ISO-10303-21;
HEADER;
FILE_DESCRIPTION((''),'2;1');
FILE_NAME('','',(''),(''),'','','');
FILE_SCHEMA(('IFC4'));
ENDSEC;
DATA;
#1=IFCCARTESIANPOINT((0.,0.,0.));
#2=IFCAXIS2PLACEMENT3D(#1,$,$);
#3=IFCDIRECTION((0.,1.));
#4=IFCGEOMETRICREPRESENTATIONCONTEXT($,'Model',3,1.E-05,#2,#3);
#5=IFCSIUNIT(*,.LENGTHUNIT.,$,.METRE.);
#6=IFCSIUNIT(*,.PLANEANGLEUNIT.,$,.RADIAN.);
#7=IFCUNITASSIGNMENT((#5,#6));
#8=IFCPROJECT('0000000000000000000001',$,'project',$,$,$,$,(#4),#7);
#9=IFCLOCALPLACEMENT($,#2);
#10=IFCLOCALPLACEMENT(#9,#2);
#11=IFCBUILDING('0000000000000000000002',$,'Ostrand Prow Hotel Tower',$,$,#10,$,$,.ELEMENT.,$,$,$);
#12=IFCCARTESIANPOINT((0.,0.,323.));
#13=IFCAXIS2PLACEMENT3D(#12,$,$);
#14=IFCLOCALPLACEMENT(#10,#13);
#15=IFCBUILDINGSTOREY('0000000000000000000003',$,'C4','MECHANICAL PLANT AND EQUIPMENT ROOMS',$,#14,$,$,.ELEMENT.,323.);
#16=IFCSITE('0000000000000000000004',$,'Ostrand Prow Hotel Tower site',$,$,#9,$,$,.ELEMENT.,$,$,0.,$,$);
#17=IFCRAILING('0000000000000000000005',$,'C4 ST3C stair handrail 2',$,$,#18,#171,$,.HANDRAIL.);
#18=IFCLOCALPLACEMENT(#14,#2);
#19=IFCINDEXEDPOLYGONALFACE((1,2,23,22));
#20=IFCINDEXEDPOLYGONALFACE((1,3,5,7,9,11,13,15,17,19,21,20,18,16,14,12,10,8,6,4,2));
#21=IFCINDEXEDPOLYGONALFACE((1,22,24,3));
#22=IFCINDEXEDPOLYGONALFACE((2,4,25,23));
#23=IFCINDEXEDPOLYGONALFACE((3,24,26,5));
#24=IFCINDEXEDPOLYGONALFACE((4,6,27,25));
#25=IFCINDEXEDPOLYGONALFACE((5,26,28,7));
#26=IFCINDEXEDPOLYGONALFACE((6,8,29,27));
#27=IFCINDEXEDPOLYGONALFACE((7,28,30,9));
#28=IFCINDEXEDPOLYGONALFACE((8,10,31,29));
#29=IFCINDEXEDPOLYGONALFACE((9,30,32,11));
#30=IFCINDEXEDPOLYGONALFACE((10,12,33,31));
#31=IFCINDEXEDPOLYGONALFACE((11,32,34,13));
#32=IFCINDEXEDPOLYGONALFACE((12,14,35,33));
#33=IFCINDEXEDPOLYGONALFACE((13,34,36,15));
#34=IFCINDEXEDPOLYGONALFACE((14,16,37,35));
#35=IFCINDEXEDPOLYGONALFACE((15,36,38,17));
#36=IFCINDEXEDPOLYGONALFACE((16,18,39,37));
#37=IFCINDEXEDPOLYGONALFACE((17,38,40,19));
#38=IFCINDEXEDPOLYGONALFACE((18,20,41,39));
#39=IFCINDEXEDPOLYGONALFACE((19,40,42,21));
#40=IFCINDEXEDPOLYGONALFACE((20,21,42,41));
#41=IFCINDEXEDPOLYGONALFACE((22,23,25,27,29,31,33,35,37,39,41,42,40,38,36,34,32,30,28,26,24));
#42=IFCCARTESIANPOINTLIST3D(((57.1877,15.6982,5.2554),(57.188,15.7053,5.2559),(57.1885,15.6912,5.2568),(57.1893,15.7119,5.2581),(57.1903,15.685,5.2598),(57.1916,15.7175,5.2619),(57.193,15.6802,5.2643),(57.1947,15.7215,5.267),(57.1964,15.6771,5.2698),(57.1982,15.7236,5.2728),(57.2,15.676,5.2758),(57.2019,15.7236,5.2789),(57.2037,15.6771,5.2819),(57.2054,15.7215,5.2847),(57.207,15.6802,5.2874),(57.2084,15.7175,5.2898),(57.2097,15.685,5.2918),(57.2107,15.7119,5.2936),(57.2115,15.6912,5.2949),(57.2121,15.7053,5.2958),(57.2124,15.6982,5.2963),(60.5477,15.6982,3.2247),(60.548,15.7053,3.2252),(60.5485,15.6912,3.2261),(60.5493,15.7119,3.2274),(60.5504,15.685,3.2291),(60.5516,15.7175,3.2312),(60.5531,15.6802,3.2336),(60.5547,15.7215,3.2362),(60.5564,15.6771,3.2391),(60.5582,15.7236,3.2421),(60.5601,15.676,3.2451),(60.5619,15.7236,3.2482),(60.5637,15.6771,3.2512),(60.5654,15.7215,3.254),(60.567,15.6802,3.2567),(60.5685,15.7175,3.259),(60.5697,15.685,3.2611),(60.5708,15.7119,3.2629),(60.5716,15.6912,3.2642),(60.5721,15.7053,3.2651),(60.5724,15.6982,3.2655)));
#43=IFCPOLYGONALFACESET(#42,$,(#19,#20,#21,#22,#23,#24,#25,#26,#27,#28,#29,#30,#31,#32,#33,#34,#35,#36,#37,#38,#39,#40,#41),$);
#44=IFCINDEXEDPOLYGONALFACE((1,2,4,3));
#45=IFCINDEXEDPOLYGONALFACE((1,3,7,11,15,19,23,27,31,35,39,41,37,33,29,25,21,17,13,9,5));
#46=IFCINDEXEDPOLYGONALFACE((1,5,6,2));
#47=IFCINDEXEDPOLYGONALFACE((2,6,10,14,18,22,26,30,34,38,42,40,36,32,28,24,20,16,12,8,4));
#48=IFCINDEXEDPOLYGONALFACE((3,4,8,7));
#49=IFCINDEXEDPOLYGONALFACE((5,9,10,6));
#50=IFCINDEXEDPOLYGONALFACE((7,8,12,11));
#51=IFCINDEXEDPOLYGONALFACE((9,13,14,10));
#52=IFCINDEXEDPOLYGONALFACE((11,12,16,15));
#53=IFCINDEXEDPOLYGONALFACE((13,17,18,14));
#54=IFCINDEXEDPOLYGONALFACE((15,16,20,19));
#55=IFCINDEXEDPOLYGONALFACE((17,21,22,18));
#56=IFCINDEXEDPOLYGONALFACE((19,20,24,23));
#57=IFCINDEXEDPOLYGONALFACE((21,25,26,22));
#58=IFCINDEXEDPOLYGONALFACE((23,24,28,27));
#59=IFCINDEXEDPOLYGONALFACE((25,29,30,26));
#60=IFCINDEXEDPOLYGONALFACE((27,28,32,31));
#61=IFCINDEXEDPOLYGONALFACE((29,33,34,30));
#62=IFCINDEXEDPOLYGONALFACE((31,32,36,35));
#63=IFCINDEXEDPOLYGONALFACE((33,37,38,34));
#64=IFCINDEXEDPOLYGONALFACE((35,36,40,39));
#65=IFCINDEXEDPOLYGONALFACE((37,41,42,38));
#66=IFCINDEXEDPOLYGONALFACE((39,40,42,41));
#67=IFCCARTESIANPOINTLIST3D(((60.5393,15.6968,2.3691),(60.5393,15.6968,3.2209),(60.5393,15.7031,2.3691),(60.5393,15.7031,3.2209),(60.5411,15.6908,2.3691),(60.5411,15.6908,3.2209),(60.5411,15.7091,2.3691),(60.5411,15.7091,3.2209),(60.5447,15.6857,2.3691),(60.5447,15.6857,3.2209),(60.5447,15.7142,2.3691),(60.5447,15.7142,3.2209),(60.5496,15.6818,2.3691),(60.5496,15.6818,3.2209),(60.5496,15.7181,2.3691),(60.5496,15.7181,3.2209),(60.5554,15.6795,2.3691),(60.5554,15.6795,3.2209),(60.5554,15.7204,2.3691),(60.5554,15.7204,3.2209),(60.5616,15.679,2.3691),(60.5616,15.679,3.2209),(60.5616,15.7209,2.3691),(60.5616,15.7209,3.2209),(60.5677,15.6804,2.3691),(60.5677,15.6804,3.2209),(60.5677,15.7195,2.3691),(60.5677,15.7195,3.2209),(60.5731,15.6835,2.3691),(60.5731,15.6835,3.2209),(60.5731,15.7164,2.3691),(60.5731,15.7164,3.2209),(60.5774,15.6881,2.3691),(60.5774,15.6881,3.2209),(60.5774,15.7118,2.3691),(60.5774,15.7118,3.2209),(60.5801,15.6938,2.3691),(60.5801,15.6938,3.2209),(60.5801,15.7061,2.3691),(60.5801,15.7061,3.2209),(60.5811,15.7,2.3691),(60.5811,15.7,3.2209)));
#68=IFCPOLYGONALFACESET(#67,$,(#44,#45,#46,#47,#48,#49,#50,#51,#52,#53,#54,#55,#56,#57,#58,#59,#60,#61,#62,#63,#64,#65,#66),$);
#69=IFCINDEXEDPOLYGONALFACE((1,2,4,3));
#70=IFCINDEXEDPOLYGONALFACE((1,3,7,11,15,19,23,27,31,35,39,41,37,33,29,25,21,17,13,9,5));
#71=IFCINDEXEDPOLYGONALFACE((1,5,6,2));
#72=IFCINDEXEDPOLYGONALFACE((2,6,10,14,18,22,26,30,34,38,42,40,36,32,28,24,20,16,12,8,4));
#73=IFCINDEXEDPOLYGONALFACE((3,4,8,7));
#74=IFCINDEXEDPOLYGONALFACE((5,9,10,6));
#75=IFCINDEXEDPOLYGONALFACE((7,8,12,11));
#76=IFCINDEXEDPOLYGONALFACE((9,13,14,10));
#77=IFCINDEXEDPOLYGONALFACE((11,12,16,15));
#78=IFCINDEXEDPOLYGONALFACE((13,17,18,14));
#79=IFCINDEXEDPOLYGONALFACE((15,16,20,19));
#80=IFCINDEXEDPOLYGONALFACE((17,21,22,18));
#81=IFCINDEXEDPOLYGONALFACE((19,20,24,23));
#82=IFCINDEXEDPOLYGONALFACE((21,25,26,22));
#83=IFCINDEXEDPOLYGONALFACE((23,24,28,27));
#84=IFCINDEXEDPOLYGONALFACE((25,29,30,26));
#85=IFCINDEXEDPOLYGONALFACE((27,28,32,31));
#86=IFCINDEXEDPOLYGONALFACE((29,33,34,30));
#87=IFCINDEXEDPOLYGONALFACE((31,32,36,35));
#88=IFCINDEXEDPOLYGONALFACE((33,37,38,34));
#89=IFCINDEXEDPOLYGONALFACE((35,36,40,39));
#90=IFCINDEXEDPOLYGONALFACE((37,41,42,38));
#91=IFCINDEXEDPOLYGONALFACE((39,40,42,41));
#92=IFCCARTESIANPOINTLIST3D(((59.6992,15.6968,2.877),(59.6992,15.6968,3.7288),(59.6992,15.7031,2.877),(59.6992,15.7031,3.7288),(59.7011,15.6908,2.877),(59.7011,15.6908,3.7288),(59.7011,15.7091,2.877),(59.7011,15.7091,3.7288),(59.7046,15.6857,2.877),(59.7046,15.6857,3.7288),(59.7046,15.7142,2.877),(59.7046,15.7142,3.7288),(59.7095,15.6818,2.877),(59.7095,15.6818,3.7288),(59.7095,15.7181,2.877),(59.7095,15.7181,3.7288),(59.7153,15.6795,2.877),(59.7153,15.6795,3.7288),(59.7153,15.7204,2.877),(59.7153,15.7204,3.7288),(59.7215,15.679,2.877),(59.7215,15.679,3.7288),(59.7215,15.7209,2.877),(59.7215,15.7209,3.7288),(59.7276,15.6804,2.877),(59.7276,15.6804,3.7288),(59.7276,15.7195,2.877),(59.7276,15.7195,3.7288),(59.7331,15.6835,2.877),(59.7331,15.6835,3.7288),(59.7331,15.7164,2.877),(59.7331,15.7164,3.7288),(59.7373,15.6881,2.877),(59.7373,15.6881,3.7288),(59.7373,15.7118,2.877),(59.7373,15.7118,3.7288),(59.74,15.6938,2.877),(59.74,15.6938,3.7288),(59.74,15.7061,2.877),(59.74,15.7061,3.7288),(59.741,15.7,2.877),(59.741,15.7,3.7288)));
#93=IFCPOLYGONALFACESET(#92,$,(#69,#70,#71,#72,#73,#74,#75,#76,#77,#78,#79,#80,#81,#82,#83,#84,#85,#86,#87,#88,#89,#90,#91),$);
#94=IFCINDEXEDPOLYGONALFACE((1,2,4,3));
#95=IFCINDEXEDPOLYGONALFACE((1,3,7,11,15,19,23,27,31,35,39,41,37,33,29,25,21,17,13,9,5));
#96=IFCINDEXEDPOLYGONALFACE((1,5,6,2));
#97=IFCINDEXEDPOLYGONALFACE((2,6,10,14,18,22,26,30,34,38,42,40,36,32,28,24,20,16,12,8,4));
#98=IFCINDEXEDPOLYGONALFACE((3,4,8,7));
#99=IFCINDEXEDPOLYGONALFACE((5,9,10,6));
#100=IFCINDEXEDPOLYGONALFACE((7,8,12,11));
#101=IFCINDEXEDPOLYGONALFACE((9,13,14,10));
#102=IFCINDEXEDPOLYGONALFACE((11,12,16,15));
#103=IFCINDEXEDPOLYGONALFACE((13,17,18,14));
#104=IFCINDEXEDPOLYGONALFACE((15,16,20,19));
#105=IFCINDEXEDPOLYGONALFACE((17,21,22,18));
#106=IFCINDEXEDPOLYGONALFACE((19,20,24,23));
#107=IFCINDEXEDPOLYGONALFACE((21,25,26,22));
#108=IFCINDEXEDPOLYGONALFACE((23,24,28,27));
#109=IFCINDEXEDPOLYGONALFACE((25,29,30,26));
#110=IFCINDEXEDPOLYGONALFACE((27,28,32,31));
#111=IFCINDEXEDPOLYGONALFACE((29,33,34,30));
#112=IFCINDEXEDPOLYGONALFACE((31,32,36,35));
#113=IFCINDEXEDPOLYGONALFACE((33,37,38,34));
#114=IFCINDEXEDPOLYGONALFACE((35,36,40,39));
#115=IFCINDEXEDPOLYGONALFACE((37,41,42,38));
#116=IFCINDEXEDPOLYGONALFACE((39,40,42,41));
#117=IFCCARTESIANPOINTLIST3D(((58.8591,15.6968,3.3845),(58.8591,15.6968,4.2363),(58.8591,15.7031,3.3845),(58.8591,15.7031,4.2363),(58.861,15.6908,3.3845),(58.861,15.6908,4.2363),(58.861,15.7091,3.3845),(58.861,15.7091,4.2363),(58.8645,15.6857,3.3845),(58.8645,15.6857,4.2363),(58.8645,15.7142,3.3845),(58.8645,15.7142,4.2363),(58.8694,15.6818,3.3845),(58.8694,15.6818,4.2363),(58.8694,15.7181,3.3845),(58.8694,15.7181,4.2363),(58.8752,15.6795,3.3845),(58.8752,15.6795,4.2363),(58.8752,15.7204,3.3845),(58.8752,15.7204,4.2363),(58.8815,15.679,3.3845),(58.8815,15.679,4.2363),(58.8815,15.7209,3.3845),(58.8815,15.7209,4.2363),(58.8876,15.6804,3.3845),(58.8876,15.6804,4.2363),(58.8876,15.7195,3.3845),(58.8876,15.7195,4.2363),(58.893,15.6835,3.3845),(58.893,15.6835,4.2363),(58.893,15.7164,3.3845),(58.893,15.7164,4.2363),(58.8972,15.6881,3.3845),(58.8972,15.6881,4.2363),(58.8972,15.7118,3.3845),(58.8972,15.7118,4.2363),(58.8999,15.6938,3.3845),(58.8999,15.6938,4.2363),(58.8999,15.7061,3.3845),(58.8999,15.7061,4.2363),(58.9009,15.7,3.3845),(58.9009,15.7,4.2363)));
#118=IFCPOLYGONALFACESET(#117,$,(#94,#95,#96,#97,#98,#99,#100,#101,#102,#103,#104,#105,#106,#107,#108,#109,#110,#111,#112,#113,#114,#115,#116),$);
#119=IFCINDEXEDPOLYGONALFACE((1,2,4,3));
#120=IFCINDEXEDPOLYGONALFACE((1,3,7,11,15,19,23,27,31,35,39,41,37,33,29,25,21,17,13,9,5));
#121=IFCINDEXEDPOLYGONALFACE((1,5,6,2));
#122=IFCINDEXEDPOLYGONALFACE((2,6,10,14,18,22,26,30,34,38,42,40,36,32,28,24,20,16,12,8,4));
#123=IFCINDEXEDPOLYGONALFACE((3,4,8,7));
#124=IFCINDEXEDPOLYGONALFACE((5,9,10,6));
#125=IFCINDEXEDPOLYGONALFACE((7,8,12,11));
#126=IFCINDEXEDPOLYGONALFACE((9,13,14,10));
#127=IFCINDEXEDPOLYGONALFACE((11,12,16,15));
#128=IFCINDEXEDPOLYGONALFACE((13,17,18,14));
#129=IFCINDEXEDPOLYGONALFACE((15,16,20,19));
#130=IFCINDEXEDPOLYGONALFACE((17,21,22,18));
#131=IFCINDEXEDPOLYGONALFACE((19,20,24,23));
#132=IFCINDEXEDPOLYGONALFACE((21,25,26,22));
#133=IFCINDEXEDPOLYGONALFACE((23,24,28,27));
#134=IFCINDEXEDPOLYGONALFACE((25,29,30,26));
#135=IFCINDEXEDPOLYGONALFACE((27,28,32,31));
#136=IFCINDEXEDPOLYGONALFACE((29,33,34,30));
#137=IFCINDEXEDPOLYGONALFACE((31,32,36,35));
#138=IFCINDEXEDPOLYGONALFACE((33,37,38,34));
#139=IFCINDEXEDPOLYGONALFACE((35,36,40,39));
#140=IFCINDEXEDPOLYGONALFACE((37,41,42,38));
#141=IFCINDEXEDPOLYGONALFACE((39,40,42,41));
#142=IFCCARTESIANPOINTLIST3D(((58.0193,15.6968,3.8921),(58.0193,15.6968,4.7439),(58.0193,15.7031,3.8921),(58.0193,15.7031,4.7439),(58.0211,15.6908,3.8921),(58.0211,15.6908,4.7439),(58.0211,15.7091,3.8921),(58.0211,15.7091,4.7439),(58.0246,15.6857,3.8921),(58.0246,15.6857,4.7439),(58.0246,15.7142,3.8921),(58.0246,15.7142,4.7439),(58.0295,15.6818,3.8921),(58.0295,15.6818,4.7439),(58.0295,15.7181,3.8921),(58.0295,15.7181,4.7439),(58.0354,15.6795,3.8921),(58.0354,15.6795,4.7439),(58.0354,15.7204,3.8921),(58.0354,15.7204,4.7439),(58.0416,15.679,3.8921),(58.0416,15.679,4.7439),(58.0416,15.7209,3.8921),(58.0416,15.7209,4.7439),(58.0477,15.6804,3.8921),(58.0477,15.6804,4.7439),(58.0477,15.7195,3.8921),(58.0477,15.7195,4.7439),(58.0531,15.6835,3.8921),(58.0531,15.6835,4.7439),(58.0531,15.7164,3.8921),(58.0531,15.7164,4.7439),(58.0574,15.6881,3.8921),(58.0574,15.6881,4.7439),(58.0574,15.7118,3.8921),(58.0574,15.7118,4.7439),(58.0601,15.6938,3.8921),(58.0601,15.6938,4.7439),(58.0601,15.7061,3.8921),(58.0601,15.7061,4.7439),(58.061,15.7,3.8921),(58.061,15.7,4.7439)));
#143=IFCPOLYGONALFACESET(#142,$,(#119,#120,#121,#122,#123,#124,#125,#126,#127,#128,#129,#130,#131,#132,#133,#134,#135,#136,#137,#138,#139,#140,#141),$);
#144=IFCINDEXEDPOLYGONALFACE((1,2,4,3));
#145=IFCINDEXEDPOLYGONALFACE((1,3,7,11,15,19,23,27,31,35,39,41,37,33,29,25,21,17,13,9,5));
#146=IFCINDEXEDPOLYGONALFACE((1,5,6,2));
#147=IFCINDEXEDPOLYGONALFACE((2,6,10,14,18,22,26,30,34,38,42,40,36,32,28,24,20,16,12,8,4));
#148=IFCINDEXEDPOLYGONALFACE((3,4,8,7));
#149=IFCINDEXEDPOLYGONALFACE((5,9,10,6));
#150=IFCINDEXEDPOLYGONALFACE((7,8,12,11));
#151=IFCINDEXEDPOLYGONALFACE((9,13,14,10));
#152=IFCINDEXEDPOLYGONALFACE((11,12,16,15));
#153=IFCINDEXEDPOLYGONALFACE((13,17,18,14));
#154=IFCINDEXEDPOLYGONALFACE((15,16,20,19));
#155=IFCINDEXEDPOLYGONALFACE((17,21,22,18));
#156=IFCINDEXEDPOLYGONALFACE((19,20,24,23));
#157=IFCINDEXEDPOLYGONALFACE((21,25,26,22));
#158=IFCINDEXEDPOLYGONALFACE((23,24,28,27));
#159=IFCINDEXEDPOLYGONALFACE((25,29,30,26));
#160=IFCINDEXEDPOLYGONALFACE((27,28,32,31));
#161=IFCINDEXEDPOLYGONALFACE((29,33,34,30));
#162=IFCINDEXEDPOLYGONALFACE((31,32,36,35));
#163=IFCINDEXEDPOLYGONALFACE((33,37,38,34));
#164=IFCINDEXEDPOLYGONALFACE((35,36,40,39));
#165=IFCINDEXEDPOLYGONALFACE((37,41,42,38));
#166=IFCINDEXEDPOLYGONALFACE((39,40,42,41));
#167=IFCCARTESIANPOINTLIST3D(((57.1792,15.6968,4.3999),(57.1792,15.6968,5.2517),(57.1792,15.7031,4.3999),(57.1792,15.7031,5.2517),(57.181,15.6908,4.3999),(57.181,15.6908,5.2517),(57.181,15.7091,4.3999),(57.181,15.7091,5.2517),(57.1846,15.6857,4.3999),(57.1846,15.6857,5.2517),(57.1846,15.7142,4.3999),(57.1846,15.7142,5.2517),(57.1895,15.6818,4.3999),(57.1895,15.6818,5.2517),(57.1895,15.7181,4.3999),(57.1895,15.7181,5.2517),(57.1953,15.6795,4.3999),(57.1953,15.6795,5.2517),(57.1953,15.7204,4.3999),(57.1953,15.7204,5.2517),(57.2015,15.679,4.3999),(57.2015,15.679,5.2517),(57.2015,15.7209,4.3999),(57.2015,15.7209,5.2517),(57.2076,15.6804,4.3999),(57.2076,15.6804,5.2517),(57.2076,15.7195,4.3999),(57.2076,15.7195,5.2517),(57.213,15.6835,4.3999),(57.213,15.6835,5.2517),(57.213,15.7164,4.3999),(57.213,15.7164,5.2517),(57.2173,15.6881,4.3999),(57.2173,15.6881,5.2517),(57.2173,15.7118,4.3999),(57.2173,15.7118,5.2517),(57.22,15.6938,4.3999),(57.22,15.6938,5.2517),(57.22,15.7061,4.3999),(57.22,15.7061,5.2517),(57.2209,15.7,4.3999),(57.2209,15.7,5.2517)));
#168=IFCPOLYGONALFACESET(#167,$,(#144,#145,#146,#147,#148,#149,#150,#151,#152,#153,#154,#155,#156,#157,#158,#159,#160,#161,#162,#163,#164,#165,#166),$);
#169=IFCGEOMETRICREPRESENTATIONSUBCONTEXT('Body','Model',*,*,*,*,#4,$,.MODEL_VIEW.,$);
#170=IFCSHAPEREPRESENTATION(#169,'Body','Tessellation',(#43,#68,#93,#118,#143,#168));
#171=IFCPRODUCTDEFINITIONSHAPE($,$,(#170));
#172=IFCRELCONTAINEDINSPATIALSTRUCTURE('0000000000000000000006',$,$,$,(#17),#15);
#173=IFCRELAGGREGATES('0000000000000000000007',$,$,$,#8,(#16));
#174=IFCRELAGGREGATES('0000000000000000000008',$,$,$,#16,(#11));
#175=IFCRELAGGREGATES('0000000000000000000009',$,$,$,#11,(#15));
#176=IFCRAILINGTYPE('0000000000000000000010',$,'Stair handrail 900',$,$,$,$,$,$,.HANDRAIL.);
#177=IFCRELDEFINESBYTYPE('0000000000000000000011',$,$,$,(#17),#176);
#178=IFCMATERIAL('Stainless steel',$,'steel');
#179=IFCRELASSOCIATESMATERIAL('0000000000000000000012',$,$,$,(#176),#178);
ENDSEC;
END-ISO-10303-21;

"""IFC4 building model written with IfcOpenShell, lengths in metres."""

from ifc_helpers import new_model, si_unit, direction, frame, origin, origin_2d, place, context, subcontext, project, spatial, circle, extrude, material, type_object, element, save


model = new_model("IFC4")

# Units and contexts
model_context = context("Model", 3, precision=1e-05, world=origin(), true_north=direction((0.0, 1.0)))
body_context = subcontext(model_context, "Body", "Model", "MODEL_VIEW")
ifc_project = project(units=[si_unit("LENGTHUNIT", "METRE"), si_unit("PLANEANGLEUNIT", "RADIAN")], contexts=[model_context])

# Site, building, storey
site_placement = place(None, origin())
site = spatial("IfcSite", under=ifc_project, at=site_placement, Name="Ostrand Prow Hotel Tower site", CompositionType="ELEMENT", RefElevation=0.0)
building_placement = place(site_placement, origin())
building = spatial("IfcBuilding", under=site, at=building_placement, Name="Ostrand Prow Hotel Tower", CompositionType="ELEMENT")
storey_placement = place(building_placement, frame((0.0, 0.0, 323.0)))
storey = spatial("IfcBuildingStorey", under=building, at=storey_placement, Name="C4", Description="MECHANICAL PLANT AND EQUIPMENT ROOMS", CompositionType="ELEMENT", Elevation=323.0)

# Railing
ifc_material_1 = material(Name="Stainless steel", Category="steel")
railing_type_1 = type_object("IfcRailingType", Name="Stair handrail 900", PredefinedType="HANDRAIL", material=ifc_material_1)
railing_1_placement = place(storey_placement, frame((60.5601, 15.7, 2.3691)))
element("IfcRailing", 1, at=railing_1_placement, inside=storey, type_object=railing_type_1, Name="C4 ST3C stair handrail 2", PredefinedType="HANDRAIL", context=body_context, shape_type="SweptSolid", body=[
    extrude(circle(Radius=0.0239, at=origin_2d()), frame((0.0, 0.0, 0.876), z_axis=(-0.855837, 0.0, 0.517246), x_axis=(0.0, -1.0, 0.0)), (0.0, 0.0, 1.0), 3.926),
    extrude(circle(Radius=0.021, at=origin_2d()), origin(), (0.0, 0.0, 1.0), 0.8518),
    extrude(circle(Radius=0.021, at=origin_2d()), frame((-0.8401, 0.0, 0.5078)), (0.0, 0.0, 1.0), 0.8518),
    extrude(circle(Radius=0.021, at=origin_2d()), frame((-1.6802, 0.0, 1.0154)), (0.0, 0.0, 1.0), 0.8518),
    extrude(circle(Radius=0.021, at=origin_2d()), frame((-2.52, 0.0, 1.5229)), (0.0, 0.0, 1.0), 0.8518),
    extrude(circle(Radius=0.021, at=origin_2d()), frame((-3.3601, 0.0, 2.0308)), (0.0, 0.0, 1.0), 0.8518),
])

save(model, "model.ifc")
